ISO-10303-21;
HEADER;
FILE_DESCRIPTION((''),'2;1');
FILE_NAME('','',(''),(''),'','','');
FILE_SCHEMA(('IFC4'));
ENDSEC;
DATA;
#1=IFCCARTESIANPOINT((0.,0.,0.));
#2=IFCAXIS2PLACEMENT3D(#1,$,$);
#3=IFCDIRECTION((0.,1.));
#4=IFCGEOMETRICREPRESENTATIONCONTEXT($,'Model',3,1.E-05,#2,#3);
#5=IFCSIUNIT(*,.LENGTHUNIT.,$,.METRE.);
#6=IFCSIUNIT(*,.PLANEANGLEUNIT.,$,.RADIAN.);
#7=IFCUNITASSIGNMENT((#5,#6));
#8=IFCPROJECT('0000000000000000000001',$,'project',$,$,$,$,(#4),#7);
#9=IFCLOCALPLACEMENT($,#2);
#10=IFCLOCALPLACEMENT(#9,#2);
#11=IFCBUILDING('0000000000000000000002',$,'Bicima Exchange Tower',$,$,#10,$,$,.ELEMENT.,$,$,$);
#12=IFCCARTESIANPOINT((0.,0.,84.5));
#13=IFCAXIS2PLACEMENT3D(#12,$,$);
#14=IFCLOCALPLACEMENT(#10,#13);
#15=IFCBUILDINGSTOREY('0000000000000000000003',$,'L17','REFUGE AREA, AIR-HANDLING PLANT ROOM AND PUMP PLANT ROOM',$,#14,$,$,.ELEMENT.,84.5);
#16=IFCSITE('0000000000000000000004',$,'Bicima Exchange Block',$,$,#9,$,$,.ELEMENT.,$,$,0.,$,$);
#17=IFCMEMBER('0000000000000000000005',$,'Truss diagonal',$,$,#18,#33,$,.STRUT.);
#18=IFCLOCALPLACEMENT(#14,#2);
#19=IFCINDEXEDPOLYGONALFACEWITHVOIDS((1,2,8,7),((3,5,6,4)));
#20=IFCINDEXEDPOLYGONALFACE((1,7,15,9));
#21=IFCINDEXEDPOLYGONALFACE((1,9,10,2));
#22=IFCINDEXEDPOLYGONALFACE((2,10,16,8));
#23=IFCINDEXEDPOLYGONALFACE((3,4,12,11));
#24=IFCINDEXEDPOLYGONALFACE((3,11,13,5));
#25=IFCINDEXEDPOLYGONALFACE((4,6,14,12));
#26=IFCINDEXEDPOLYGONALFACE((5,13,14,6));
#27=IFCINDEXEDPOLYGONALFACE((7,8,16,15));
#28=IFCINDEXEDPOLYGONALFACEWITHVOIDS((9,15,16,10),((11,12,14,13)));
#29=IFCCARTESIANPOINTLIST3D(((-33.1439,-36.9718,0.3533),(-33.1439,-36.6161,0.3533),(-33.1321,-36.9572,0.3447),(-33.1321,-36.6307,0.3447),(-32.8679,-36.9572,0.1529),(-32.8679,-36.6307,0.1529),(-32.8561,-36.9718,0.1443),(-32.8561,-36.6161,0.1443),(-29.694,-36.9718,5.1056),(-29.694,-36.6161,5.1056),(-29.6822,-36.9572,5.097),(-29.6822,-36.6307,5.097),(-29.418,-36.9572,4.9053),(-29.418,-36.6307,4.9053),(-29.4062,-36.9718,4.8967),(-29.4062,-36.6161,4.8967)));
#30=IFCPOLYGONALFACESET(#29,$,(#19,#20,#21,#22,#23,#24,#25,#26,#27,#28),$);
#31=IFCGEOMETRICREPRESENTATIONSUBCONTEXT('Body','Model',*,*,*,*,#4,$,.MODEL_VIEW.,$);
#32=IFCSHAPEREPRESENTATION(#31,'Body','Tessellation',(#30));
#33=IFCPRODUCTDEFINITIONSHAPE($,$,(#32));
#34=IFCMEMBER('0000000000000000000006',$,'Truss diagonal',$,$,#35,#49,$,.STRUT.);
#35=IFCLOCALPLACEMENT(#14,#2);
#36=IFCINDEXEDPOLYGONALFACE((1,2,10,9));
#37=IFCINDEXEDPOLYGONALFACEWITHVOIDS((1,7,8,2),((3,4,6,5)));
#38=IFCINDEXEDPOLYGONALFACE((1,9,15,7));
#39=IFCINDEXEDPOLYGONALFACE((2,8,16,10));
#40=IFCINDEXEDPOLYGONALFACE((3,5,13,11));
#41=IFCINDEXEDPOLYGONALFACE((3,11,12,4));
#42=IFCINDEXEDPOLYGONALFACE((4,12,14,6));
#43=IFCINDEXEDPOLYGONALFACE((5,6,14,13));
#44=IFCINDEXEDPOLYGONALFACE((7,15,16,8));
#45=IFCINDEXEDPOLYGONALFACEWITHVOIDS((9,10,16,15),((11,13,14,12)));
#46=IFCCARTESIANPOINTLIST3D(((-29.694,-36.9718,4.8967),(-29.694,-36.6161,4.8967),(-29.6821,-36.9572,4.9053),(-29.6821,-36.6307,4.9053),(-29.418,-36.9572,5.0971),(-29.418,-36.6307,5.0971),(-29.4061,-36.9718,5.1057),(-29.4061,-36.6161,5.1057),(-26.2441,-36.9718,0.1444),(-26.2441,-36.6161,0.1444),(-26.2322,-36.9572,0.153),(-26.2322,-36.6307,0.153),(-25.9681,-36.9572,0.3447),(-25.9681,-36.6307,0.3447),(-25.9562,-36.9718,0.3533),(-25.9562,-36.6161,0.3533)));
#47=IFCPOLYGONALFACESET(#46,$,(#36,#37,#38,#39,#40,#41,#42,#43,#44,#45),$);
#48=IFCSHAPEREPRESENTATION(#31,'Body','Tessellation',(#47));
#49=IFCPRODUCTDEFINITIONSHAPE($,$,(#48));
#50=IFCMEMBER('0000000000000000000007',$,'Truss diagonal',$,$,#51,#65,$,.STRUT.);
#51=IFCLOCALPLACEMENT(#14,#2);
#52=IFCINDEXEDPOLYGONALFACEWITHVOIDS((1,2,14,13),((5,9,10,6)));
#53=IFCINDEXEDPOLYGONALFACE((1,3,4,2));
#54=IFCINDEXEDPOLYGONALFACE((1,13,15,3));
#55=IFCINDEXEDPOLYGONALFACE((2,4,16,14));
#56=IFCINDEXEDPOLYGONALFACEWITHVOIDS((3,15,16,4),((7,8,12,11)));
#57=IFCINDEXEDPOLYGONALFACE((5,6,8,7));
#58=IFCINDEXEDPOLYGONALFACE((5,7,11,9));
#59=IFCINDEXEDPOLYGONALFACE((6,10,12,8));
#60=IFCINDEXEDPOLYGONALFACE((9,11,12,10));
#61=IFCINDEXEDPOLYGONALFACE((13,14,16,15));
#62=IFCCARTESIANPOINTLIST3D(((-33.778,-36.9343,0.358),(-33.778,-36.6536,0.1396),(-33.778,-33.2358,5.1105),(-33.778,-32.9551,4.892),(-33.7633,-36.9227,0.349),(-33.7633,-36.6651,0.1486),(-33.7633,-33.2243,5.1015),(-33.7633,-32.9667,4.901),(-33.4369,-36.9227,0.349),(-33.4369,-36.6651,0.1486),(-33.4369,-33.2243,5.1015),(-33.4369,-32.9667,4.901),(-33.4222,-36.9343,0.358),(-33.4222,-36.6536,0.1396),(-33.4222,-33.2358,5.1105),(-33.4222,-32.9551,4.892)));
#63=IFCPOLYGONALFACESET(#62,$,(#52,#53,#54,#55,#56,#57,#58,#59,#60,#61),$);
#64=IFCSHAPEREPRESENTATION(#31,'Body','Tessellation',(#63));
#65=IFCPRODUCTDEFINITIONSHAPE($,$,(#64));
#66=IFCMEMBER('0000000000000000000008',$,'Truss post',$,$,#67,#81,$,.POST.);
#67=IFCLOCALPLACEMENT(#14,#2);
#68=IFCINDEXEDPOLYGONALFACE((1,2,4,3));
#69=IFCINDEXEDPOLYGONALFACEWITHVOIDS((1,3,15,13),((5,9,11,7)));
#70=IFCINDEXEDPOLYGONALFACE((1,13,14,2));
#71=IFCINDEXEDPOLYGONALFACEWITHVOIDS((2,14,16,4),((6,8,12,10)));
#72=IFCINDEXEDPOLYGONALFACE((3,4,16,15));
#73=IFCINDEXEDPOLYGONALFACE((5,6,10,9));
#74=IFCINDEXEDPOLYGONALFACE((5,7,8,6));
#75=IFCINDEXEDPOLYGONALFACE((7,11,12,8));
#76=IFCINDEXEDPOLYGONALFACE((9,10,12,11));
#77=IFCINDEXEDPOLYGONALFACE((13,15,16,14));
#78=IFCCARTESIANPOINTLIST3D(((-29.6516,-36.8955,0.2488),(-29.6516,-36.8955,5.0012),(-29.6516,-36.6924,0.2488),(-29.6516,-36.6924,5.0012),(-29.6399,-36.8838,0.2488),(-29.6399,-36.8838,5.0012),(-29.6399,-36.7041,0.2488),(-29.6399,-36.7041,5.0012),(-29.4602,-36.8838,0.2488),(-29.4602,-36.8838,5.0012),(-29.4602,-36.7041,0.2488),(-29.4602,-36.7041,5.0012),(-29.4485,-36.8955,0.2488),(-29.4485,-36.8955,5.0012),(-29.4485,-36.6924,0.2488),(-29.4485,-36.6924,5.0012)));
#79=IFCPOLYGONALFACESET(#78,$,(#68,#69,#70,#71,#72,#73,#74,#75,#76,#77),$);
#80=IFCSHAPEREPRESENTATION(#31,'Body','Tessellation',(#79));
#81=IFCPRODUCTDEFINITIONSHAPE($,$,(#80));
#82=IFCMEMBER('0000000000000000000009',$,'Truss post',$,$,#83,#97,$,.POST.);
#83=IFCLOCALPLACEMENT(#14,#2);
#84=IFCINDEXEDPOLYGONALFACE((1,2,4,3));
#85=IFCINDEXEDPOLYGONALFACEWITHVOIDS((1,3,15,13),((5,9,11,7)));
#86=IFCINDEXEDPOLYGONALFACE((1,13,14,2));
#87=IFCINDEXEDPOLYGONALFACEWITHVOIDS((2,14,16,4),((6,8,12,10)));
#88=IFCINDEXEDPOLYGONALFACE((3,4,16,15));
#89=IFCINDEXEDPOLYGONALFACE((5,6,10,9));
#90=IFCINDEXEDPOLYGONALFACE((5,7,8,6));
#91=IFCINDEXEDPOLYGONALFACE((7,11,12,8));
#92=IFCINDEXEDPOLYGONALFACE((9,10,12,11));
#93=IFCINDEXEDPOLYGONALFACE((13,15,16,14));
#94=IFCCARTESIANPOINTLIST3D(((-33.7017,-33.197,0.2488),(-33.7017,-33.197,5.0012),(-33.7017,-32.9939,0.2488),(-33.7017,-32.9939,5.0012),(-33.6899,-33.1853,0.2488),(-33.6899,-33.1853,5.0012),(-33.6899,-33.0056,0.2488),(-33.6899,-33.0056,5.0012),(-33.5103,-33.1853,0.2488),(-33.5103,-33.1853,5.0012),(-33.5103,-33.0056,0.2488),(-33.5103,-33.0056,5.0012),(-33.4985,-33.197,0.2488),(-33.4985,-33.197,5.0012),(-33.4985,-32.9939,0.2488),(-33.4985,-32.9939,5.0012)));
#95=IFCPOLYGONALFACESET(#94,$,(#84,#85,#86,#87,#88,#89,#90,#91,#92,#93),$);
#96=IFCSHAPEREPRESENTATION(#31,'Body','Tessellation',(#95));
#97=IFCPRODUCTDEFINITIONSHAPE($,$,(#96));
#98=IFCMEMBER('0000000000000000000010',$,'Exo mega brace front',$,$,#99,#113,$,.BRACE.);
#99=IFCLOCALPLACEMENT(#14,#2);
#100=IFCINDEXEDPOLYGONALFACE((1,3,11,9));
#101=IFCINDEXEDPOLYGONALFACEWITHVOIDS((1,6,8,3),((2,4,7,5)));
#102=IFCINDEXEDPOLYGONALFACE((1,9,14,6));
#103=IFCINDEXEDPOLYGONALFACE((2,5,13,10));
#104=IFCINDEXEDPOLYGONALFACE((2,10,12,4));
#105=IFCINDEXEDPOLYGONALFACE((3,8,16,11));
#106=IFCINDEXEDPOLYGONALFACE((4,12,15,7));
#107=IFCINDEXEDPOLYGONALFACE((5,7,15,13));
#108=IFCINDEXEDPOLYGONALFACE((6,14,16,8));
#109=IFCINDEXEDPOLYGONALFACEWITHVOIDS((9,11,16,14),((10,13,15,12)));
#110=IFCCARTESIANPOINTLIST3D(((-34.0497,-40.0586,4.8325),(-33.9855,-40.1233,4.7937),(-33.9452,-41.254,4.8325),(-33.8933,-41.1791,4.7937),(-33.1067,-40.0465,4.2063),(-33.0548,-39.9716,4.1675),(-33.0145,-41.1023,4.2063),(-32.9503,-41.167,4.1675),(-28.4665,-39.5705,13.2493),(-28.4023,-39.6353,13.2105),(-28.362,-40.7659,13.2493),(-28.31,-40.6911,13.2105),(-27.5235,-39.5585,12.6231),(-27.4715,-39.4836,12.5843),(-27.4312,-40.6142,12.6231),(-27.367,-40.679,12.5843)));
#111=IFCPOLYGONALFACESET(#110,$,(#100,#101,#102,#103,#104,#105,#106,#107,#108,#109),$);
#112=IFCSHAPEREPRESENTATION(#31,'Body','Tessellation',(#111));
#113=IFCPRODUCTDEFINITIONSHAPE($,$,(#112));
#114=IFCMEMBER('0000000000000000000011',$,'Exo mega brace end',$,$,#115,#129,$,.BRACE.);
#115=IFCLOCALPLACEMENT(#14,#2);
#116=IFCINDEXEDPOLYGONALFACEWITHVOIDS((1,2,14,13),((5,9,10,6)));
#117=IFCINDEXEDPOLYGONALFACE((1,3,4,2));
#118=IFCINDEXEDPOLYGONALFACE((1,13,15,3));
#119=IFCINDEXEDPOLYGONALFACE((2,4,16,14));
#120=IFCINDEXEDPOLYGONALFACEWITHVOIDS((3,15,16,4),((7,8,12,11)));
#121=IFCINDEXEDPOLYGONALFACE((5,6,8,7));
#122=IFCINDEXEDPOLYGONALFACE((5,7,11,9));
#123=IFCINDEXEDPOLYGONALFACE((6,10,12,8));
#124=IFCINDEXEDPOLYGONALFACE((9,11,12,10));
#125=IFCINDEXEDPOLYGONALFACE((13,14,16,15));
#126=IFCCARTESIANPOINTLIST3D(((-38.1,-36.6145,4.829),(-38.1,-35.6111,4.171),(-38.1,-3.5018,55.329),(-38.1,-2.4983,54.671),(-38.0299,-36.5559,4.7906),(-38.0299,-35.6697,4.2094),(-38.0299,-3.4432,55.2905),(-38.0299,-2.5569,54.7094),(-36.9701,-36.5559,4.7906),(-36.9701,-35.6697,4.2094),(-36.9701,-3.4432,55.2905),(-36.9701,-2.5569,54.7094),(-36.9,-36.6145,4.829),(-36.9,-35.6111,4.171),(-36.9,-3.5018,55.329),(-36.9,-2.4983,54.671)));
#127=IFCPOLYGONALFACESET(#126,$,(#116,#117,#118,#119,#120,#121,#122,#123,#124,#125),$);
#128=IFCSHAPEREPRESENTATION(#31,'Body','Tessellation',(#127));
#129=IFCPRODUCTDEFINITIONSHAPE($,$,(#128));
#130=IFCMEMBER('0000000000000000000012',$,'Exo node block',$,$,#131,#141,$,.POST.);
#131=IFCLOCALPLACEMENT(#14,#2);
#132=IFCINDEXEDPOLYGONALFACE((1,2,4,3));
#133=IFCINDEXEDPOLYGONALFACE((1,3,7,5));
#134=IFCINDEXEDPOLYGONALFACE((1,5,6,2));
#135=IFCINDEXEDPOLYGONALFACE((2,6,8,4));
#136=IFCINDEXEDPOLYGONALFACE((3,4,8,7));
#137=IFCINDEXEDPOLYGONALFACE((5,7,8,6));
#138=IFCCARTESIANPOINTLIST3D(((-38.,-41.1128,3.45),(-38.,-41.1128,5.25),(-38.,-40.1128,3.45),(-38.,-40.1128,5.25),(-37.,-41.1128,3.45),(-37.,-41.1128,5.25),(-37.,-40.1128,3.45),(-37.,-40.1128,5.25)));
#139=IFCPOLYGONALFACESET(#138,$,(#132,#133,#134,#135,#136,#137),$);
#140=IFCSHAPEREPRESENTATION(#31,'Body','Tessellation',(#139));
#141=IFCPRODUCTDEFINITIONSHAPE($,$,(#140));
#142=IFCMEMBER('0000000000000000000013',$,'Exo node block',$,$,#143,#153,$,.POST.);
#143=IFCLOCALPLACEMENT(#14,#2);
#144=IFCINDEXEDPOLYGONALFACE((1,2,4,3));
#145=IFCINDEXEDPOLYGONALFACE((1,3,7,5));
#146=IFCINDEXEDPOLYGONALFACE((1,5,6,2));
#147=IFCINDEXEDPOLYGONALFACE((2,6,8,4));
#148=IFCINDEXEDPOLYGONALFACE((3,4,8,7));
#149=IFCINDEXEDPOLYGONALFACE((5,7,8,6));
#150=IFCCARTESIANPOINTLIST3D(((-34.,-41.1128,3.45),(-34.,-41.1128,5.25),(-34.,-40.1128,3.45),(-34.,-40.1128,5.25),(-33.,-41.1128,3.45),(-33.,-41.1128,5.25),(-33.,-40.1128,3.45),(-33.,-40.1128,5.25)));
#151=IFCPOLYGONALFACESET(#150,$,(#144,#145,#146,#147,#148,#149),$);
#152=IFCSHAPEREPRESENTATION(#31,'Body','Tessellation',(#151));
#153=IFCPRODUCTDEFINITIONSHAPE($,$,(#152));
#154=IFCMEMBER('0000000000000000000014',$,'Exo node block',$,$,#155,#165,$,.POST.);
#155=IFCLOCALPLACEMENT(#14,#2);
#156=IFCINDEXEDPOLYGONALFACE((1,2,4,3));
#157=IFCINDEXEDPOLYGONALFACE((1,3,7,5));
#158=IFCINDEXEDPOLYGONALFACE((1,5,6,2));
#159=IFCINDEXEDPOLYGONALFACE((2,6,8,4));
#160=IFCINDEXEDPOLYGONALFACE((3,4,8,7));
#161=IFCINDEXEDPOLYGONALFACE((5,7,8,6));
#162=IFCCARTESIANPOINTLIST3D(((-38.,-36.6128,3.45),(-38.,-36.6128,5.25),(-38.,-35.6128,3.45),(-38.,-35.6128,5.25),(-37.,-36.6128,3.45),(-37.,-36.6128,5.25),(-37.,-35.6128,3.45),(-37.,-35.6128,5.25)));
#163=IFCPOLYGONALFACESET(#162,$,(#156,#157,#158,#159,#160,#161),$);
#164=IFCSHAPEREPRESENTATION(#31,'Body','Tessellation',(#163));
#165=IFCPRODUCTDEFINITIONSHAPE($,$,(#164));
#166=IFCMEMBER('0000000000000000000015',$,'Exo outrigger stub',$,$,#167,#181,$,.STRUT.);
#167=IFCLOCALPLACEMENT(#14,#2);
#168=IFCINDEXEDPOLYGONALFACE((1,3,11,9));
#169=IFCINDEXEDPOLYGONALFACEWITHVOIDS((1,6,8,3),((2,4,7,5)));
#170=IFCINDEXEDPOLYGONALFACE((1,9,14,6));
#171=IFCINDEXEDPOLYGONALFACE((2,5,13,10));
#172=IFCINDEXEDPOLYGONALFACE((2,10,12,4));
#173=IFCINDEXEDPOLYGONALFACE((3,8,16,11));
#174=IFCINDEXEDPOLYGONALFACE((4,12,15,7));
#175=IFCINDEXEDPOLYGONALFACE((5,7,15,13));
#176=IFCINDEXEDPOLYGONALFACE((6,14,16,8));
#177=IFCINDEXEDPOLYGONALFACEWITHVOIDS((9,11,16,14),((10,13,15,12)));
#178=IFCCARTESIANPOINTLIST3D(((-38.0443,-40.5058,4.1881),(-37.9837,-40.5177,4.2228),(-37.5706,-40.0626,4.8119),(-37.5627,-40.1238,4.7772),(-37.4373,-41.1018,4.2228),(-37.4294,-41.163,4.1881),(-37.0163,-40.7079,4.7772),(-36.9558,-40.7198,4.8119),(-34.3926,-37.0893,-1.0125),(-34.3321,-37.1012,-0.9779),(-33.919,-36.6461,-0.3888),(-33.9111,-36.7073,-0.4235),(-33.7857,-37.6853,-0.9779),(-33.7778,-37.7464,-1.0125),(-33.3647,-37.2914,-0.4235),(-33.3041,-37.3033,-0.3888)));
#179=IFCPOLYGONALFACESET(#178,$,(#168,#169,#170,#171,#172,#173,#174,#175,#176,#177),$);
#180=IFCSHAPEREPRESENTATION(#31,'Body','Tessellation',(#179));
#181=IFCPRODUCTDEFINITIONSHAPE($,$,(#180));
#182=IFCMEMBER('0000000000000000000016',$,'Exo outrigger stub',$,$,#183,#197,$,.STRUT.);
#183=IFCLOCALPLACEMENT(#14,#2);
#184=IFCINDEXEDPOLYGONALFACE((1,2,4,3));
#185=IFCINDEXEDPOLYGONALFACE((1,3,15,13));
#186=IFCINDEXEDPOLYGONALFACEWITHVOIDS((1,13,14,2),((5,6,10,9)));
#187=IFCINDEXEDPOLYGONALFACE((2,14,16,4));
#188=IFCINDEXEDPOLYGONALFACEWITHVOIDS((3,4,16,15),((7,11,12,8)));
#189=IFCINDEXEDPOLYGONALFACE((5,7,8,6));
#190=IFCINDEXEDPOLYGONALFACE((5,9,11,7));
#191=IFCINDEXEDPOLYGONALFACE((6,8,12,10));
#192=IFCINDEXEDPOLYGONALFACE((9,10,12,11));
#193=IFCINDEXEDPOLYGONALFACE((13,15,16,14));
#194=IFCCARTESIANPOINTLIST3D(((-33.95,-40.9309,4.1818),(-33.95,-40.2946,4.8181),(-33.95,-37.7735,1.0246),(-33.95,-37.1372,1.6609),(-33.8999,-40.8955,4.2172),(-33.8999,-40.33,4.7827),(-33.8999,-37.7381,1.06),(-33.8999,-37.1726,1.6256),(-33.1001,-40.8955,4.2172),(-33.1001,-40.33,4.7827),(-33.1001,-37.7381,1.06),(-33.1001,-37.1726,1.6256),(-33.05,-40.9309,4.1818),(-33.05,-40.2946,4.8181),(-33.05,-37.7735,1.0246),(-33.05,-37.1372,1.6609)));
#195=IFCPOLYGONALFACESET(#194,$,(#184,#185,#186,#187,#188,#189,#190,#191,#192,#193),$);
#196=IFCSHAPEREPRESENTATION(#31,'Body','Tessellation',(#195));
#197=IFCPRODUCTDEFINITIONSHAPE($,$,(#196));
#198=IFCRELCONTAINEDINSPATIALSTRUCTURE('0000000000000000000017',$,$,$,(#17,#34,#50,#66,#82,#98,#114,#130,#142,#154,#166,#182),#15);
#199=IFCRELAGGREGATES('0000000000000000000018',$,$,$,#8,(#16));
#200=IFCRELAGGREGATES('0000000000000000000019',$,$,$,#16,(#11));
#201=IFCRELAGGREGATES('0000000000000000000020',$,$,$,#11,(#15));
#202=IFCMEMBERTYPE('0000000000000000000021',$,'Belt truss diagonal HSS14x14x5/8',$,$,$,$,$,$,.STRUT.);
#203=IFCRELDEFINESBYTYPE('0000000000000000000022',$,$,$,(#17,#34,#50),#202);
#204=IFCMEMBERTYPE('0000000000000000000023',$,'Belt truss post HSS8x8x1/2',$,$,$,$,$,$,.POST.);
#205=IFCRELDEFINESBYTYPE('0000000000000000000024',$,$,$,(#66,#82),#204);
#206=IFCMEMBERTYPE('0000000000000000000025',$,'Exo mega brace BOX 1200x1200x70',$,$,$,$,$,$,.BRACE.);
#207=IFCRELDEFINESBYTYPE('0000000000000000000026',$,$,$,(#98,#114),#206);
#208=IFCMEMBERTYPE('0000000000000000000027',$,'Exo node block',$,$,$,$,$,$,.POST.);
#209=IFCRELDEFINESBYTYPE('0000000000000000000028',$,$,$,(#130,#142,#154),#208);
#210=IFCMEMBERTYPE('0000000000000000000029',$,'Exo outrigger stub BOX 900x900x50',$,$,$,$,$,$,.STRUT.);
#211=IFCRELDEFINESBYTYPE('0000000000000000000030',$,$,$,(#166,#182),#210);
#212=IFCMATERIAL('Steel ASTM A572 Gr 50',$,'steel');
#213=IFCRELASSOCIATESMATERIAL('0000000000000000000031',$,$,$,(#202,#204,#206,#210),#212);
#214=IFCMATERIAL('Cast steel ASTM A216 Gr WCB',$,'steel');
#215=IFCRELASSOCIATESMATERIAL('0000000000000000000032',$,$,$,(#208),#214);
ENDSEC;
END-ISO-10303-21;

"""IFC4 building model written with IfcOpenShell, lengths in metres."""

from ifc_helpers import new_model, si_unit, direction, frame, origin, origin_2d, place, context, subcontext, project, spatial, rectangle, hollow_rectangle, extrude, material, material_profile, profile_set, type_object, element, save


model = new_model("IFC4")

# Units and contexts
model_context = context("Model", 3, precision=1e-05, world=origin(), true_north=direction((0.0, 1.0)))
body_context = subcontext(model_context, "Body", "Model", "MODEL_VIEW")
ifc_project = project(units=[si_unit("LENGTHUNIT", "METRE"), si_unit("PLANEANGLEUNIT", "RADIAN")], contexts=[model_context])

# Site, building, storey
site_placement = place(None, origin())
site = spatial("IfcSite", under=ifc_project, at=site_placement, Name="Bicima Exchange Block", CompositionType="ELEMENT", RefElevation=0.0)
building_placement = place(site_placement, origin())
building = spatial("IfcBuilding", under=site, at=building_placement, Name="Bicima Exchange Tower", CompositionType="ELEMENT")
storey_placement = place(building_placement, frame((0.0, 0.0, 84.5)))
storey = spatial("IfcBuildingStorey", under=building, at=storey_placement, Name="L17", Description="REFUGE AREA, AIR-HANDLING PLANT ROOM AND PUMP PLANT ROOM", CompositionType="ELEMENT", Elevation=84.5)

# Shared definitions
ifc_material_1 = material(Name="Steel ASTM A572 Gr 50", Category="steel")

# Members
ifc_material_profile_1 = material_profile(ifc_material_1, hollow_rectangle(XDim=0.3557, YDim=0.3557, WallThickness=0.0146, at=origin_2d()))
ifc_profile_set_1 = profile_set([ifc_material_profile_1], Name="Steel ASTM A572 Gr 50")
member_type_1 = type_object("IfcMemberType", Name="Belt truss diagonal HSS14x14x5/8", PredefinedType="STRUT", material=ifc_profile_set_1)
for number, where, z_axis, x_axis, name in (
    (1, (-33.0, -36.7939, 0.2488), (0.587462, 0.0, 0.809252), (0.0, 1.0, 0.0), "Truss diagonal"),
    (2, (-29.55, -36.7939, 5.0012), (0.587462, 0.0, -0.809252), (0.0, 1.0, 0.0), "Truss diagonal"),
):
    element("IfcMember", number, at=place(storey_placement, frame(where, z_axis=z_axis, x_axis=x_axis)), inside=storey, type_object=member_type_1, Name=name, PredefinedType="STRUT", context=body_context, shape_type="SweptSolid", body=[
        extrude(hollow_rectangle(XDim=0.3557, YDim=0.3557, WallThickness=0.0146, at=origin_2d()), origin(), (0.0, 0.0, 1.0), 5.8726),
    ])
member_1_placement = place(storey_placement, frame((-33.6001, -33.0955, 5.0012), z_axis=(0.0, -0.614162, -0.78918), x_axis=(1.0, 0.0, 0.0)))
element("IfcMember", 3, at=member_1_placement, inside=storey, type_object=member_type_1, Name="Truss diagonal", PredefinedType="STRUT", context=body_context, shape_type="SweptSolid", body=[
    extrude(hollow_rectangle(XDim=0.3557, YDim=0.3557, WallThickness=0.0146, at=origin_2d()), origin(), (0.0, 0.0, 1.0), 6.022),
])
ifc_material_profile_2 = material_profile(ifc_material_1, hollow_rectangle(XDim=0.2031, YDim=0.2031, WallThickness=0.0117, at=origin_2d()))
ifc_profile_set_2 = profile_set([ifc_material_profile_2], Name="Steel ASTM A572 Gr 50")
member_type_2 = type_object("IfcMemberType", Name="Belt truss post HSS8x8x1/2", PredefinedType="POST", material=ifc_profile_set_2)
for number, where, z_axis, x_axis, name in (
    (4, (-29.55, -36.7939, 0.2488), (0.0, 0.0, 1.0), (1.0, 0.0, 0.0), "Truss post"),
    (5, (-33.6001, -33.0955, 0.2488), (0.0, 0.0, 1.0), (1.0, 0.0, 0.0), "Truss post"),
):
    element("IfcMember", number, at=place(storey_placement, frame(where, z_axis=z_axis, x_axis=x_axis)), inside=storey, type_object=member_type_2, Name=name, PredefinedType="POST", context=body_context, shape_type="SweptSolid", body=[
        extrude(hollow_rectangle(XDim=0.2031, YDim=0.2031, WallThickness=0.0117, at=origin_2d()), origin(), (0.0, 0.0, 1.0), 4.7524),
    ])
ifc_material_profile_3 = material_profile(ifc_material_1, hollow_rectangle(XDim=1.2, YDim=1.2, WallThickness=0.0701, at=origin_2d()))
ifc_profile_set_3 = profile_set([ifc_material_profile_3], Name="Steel ASTM A572 Gr 50")
member_type_3 = type_object("IfcMemberType", Name="Exo mega brace BOX 1200x1200x70", PredefinedType="BRACE", material=ifc_profile_set_3)
member_2_placement = place(storey_placement, frame((-33.5, -40.6128, 4.5), z_axis=(0.552141, 0.048263, 0.832353), x_axis=(-0.087079, 0.996201, 0.0)))
element("IfcMember", 6, at=member_2_placement, inside=storey, type_object=member_type_3, Name="Exo mega brace front", PredefinedType="BRACE", context=body_context, shape_type="SweptSolid", body=[
    extrude(hollow_rectangle(XDim=1.2, YDim=1.2, WallThickness=0.0701, at=origin_2d()), origin(), (0.0, 0.0, 1.0), 10.1121),
])
member_3_placement = place(storey_placement, frame((-37.5, -36.1128, 4.5), z_axis=(0.0, 0.548334, 0.836259), x_axis=(-1.0, 0.0, 0.0)))
element("IfcMember", 7, at=member_3_placement, inside=storey, type_object=member_type_3, Name="Exo mega brace end", PredefinedType="BRACE", context=body_context, shape_type="SweptSolid", body=[
    extrude(hollow_rectangle(XDim=1.2, YDim=1.2, WallThickness=0.0701, at=origin_2d()), origin(), (0.0, 0.0, 1.0), 60.3879),
])
ifc_material_2 = material(Name="Cast steel ASTM A216 Gr WCB", Category="steel")
ifc_material_profile_4 = material_profile(ifc_material_2, rectangle(XDim=1.0, YDim=1.0, at=origin_2d()))
ifc_profile_set_4 = profile_set([ifc_material_profile_4], Name="Cast steel ASTM A216 Gr WCB")
member_type_4 = type_object("IfcMemberType", Name="Exo node block", PredefinedType="POST", material=ifc_profile_set_4)
for number, where, z_axis, x_axis, name in (
    (8, (-37.5, -40.6128, 3.45), (0.0, 0.0, 1.0), (1.0, 0.0, 0.0), "Exo node block"),
    (9, (-33.5, -40.6128, 3.45), (0.0, 0.0, 1.0), (1.0, 0.0, 0.0), "Exo node block"),
    (10, (-37.5, -36.1128, 3.45), (0.0, 0.0, 1.0), (1.0, 0.0, 0.0), "Exo node block"),
):
    element("IfcMember", number, at=place(storey_placement, frame(where, z_axis=z_axis, x_axis=x_axis)), inside=storey, type_object=member_type_4, Name=name, PredefinedType="POST", context=body_context, shape_type="SweptSolid", body=[
        extrude(rectangle(XDim=1.0, YDim=1.0, at=origin_2d()), origin(), (0.0, 0.0, 1.0), 1.8),
    ])
ifc_material_profile_5 = material_profile(ifc_material_1, hollow_rectangle(XDim=0.8999, YDim=0.8999, WallThickness=0.05, at=origin_2d()))
ifc_profile_set_5 = profile_set([ifc_material_profile_5], Name="Steel ASTM A572 Gr 50")
member_type_5 = type_object("IfcMemberType", Name="Exo outrigger stub BOX 900x900x50", PredefinedType="STRUT", material=ifc_profile_set_5)
member_4_placement = place(storey_placement, frame((-33.8484, -37.1963, -0.7007), z_axis=(-0.506125, -0.473539, 0.720832), x_axis=(0.683208, -0.730223, 0.0)))
element("IfcMember", 11, at=member_4_placement, inside=storey, type_object=member_type_5, Name="Exo outrigger stub", PredefinedType="STRUT", context=body_context, shape_type="SweptSolid", body=[
    extrude(hollow_rectangle(XDim=0.8999, YDim=0.8999, WallThickness=0.05, at=origin_2d()), origin(), (0.0, 0.0, 1.0), 7.2148),
])
member_5_placement = place(storey_placement, frame((-33.5, -37.4553, 1.3428), z_axis=(0.0, -0.707134, 0.707079), x_axis=(1.0, 0.0, 0.0)))
element("IfcMember", 12, at=member_5_placement, inside=storey, type_object=member_type_5, Name="Exo outrigger stub", PredefinedType="STRUT", context=body_context, shape_type="SweptSolid", body=[
    extrude(hollow_rectangle(XDim=0.8999, YDim=0.8999, WallThickness=0.05, at=origin_2d()), origin(), (0.0, 0.0, 1.0), 4.4651),
])

save(model, "model.ifc")
